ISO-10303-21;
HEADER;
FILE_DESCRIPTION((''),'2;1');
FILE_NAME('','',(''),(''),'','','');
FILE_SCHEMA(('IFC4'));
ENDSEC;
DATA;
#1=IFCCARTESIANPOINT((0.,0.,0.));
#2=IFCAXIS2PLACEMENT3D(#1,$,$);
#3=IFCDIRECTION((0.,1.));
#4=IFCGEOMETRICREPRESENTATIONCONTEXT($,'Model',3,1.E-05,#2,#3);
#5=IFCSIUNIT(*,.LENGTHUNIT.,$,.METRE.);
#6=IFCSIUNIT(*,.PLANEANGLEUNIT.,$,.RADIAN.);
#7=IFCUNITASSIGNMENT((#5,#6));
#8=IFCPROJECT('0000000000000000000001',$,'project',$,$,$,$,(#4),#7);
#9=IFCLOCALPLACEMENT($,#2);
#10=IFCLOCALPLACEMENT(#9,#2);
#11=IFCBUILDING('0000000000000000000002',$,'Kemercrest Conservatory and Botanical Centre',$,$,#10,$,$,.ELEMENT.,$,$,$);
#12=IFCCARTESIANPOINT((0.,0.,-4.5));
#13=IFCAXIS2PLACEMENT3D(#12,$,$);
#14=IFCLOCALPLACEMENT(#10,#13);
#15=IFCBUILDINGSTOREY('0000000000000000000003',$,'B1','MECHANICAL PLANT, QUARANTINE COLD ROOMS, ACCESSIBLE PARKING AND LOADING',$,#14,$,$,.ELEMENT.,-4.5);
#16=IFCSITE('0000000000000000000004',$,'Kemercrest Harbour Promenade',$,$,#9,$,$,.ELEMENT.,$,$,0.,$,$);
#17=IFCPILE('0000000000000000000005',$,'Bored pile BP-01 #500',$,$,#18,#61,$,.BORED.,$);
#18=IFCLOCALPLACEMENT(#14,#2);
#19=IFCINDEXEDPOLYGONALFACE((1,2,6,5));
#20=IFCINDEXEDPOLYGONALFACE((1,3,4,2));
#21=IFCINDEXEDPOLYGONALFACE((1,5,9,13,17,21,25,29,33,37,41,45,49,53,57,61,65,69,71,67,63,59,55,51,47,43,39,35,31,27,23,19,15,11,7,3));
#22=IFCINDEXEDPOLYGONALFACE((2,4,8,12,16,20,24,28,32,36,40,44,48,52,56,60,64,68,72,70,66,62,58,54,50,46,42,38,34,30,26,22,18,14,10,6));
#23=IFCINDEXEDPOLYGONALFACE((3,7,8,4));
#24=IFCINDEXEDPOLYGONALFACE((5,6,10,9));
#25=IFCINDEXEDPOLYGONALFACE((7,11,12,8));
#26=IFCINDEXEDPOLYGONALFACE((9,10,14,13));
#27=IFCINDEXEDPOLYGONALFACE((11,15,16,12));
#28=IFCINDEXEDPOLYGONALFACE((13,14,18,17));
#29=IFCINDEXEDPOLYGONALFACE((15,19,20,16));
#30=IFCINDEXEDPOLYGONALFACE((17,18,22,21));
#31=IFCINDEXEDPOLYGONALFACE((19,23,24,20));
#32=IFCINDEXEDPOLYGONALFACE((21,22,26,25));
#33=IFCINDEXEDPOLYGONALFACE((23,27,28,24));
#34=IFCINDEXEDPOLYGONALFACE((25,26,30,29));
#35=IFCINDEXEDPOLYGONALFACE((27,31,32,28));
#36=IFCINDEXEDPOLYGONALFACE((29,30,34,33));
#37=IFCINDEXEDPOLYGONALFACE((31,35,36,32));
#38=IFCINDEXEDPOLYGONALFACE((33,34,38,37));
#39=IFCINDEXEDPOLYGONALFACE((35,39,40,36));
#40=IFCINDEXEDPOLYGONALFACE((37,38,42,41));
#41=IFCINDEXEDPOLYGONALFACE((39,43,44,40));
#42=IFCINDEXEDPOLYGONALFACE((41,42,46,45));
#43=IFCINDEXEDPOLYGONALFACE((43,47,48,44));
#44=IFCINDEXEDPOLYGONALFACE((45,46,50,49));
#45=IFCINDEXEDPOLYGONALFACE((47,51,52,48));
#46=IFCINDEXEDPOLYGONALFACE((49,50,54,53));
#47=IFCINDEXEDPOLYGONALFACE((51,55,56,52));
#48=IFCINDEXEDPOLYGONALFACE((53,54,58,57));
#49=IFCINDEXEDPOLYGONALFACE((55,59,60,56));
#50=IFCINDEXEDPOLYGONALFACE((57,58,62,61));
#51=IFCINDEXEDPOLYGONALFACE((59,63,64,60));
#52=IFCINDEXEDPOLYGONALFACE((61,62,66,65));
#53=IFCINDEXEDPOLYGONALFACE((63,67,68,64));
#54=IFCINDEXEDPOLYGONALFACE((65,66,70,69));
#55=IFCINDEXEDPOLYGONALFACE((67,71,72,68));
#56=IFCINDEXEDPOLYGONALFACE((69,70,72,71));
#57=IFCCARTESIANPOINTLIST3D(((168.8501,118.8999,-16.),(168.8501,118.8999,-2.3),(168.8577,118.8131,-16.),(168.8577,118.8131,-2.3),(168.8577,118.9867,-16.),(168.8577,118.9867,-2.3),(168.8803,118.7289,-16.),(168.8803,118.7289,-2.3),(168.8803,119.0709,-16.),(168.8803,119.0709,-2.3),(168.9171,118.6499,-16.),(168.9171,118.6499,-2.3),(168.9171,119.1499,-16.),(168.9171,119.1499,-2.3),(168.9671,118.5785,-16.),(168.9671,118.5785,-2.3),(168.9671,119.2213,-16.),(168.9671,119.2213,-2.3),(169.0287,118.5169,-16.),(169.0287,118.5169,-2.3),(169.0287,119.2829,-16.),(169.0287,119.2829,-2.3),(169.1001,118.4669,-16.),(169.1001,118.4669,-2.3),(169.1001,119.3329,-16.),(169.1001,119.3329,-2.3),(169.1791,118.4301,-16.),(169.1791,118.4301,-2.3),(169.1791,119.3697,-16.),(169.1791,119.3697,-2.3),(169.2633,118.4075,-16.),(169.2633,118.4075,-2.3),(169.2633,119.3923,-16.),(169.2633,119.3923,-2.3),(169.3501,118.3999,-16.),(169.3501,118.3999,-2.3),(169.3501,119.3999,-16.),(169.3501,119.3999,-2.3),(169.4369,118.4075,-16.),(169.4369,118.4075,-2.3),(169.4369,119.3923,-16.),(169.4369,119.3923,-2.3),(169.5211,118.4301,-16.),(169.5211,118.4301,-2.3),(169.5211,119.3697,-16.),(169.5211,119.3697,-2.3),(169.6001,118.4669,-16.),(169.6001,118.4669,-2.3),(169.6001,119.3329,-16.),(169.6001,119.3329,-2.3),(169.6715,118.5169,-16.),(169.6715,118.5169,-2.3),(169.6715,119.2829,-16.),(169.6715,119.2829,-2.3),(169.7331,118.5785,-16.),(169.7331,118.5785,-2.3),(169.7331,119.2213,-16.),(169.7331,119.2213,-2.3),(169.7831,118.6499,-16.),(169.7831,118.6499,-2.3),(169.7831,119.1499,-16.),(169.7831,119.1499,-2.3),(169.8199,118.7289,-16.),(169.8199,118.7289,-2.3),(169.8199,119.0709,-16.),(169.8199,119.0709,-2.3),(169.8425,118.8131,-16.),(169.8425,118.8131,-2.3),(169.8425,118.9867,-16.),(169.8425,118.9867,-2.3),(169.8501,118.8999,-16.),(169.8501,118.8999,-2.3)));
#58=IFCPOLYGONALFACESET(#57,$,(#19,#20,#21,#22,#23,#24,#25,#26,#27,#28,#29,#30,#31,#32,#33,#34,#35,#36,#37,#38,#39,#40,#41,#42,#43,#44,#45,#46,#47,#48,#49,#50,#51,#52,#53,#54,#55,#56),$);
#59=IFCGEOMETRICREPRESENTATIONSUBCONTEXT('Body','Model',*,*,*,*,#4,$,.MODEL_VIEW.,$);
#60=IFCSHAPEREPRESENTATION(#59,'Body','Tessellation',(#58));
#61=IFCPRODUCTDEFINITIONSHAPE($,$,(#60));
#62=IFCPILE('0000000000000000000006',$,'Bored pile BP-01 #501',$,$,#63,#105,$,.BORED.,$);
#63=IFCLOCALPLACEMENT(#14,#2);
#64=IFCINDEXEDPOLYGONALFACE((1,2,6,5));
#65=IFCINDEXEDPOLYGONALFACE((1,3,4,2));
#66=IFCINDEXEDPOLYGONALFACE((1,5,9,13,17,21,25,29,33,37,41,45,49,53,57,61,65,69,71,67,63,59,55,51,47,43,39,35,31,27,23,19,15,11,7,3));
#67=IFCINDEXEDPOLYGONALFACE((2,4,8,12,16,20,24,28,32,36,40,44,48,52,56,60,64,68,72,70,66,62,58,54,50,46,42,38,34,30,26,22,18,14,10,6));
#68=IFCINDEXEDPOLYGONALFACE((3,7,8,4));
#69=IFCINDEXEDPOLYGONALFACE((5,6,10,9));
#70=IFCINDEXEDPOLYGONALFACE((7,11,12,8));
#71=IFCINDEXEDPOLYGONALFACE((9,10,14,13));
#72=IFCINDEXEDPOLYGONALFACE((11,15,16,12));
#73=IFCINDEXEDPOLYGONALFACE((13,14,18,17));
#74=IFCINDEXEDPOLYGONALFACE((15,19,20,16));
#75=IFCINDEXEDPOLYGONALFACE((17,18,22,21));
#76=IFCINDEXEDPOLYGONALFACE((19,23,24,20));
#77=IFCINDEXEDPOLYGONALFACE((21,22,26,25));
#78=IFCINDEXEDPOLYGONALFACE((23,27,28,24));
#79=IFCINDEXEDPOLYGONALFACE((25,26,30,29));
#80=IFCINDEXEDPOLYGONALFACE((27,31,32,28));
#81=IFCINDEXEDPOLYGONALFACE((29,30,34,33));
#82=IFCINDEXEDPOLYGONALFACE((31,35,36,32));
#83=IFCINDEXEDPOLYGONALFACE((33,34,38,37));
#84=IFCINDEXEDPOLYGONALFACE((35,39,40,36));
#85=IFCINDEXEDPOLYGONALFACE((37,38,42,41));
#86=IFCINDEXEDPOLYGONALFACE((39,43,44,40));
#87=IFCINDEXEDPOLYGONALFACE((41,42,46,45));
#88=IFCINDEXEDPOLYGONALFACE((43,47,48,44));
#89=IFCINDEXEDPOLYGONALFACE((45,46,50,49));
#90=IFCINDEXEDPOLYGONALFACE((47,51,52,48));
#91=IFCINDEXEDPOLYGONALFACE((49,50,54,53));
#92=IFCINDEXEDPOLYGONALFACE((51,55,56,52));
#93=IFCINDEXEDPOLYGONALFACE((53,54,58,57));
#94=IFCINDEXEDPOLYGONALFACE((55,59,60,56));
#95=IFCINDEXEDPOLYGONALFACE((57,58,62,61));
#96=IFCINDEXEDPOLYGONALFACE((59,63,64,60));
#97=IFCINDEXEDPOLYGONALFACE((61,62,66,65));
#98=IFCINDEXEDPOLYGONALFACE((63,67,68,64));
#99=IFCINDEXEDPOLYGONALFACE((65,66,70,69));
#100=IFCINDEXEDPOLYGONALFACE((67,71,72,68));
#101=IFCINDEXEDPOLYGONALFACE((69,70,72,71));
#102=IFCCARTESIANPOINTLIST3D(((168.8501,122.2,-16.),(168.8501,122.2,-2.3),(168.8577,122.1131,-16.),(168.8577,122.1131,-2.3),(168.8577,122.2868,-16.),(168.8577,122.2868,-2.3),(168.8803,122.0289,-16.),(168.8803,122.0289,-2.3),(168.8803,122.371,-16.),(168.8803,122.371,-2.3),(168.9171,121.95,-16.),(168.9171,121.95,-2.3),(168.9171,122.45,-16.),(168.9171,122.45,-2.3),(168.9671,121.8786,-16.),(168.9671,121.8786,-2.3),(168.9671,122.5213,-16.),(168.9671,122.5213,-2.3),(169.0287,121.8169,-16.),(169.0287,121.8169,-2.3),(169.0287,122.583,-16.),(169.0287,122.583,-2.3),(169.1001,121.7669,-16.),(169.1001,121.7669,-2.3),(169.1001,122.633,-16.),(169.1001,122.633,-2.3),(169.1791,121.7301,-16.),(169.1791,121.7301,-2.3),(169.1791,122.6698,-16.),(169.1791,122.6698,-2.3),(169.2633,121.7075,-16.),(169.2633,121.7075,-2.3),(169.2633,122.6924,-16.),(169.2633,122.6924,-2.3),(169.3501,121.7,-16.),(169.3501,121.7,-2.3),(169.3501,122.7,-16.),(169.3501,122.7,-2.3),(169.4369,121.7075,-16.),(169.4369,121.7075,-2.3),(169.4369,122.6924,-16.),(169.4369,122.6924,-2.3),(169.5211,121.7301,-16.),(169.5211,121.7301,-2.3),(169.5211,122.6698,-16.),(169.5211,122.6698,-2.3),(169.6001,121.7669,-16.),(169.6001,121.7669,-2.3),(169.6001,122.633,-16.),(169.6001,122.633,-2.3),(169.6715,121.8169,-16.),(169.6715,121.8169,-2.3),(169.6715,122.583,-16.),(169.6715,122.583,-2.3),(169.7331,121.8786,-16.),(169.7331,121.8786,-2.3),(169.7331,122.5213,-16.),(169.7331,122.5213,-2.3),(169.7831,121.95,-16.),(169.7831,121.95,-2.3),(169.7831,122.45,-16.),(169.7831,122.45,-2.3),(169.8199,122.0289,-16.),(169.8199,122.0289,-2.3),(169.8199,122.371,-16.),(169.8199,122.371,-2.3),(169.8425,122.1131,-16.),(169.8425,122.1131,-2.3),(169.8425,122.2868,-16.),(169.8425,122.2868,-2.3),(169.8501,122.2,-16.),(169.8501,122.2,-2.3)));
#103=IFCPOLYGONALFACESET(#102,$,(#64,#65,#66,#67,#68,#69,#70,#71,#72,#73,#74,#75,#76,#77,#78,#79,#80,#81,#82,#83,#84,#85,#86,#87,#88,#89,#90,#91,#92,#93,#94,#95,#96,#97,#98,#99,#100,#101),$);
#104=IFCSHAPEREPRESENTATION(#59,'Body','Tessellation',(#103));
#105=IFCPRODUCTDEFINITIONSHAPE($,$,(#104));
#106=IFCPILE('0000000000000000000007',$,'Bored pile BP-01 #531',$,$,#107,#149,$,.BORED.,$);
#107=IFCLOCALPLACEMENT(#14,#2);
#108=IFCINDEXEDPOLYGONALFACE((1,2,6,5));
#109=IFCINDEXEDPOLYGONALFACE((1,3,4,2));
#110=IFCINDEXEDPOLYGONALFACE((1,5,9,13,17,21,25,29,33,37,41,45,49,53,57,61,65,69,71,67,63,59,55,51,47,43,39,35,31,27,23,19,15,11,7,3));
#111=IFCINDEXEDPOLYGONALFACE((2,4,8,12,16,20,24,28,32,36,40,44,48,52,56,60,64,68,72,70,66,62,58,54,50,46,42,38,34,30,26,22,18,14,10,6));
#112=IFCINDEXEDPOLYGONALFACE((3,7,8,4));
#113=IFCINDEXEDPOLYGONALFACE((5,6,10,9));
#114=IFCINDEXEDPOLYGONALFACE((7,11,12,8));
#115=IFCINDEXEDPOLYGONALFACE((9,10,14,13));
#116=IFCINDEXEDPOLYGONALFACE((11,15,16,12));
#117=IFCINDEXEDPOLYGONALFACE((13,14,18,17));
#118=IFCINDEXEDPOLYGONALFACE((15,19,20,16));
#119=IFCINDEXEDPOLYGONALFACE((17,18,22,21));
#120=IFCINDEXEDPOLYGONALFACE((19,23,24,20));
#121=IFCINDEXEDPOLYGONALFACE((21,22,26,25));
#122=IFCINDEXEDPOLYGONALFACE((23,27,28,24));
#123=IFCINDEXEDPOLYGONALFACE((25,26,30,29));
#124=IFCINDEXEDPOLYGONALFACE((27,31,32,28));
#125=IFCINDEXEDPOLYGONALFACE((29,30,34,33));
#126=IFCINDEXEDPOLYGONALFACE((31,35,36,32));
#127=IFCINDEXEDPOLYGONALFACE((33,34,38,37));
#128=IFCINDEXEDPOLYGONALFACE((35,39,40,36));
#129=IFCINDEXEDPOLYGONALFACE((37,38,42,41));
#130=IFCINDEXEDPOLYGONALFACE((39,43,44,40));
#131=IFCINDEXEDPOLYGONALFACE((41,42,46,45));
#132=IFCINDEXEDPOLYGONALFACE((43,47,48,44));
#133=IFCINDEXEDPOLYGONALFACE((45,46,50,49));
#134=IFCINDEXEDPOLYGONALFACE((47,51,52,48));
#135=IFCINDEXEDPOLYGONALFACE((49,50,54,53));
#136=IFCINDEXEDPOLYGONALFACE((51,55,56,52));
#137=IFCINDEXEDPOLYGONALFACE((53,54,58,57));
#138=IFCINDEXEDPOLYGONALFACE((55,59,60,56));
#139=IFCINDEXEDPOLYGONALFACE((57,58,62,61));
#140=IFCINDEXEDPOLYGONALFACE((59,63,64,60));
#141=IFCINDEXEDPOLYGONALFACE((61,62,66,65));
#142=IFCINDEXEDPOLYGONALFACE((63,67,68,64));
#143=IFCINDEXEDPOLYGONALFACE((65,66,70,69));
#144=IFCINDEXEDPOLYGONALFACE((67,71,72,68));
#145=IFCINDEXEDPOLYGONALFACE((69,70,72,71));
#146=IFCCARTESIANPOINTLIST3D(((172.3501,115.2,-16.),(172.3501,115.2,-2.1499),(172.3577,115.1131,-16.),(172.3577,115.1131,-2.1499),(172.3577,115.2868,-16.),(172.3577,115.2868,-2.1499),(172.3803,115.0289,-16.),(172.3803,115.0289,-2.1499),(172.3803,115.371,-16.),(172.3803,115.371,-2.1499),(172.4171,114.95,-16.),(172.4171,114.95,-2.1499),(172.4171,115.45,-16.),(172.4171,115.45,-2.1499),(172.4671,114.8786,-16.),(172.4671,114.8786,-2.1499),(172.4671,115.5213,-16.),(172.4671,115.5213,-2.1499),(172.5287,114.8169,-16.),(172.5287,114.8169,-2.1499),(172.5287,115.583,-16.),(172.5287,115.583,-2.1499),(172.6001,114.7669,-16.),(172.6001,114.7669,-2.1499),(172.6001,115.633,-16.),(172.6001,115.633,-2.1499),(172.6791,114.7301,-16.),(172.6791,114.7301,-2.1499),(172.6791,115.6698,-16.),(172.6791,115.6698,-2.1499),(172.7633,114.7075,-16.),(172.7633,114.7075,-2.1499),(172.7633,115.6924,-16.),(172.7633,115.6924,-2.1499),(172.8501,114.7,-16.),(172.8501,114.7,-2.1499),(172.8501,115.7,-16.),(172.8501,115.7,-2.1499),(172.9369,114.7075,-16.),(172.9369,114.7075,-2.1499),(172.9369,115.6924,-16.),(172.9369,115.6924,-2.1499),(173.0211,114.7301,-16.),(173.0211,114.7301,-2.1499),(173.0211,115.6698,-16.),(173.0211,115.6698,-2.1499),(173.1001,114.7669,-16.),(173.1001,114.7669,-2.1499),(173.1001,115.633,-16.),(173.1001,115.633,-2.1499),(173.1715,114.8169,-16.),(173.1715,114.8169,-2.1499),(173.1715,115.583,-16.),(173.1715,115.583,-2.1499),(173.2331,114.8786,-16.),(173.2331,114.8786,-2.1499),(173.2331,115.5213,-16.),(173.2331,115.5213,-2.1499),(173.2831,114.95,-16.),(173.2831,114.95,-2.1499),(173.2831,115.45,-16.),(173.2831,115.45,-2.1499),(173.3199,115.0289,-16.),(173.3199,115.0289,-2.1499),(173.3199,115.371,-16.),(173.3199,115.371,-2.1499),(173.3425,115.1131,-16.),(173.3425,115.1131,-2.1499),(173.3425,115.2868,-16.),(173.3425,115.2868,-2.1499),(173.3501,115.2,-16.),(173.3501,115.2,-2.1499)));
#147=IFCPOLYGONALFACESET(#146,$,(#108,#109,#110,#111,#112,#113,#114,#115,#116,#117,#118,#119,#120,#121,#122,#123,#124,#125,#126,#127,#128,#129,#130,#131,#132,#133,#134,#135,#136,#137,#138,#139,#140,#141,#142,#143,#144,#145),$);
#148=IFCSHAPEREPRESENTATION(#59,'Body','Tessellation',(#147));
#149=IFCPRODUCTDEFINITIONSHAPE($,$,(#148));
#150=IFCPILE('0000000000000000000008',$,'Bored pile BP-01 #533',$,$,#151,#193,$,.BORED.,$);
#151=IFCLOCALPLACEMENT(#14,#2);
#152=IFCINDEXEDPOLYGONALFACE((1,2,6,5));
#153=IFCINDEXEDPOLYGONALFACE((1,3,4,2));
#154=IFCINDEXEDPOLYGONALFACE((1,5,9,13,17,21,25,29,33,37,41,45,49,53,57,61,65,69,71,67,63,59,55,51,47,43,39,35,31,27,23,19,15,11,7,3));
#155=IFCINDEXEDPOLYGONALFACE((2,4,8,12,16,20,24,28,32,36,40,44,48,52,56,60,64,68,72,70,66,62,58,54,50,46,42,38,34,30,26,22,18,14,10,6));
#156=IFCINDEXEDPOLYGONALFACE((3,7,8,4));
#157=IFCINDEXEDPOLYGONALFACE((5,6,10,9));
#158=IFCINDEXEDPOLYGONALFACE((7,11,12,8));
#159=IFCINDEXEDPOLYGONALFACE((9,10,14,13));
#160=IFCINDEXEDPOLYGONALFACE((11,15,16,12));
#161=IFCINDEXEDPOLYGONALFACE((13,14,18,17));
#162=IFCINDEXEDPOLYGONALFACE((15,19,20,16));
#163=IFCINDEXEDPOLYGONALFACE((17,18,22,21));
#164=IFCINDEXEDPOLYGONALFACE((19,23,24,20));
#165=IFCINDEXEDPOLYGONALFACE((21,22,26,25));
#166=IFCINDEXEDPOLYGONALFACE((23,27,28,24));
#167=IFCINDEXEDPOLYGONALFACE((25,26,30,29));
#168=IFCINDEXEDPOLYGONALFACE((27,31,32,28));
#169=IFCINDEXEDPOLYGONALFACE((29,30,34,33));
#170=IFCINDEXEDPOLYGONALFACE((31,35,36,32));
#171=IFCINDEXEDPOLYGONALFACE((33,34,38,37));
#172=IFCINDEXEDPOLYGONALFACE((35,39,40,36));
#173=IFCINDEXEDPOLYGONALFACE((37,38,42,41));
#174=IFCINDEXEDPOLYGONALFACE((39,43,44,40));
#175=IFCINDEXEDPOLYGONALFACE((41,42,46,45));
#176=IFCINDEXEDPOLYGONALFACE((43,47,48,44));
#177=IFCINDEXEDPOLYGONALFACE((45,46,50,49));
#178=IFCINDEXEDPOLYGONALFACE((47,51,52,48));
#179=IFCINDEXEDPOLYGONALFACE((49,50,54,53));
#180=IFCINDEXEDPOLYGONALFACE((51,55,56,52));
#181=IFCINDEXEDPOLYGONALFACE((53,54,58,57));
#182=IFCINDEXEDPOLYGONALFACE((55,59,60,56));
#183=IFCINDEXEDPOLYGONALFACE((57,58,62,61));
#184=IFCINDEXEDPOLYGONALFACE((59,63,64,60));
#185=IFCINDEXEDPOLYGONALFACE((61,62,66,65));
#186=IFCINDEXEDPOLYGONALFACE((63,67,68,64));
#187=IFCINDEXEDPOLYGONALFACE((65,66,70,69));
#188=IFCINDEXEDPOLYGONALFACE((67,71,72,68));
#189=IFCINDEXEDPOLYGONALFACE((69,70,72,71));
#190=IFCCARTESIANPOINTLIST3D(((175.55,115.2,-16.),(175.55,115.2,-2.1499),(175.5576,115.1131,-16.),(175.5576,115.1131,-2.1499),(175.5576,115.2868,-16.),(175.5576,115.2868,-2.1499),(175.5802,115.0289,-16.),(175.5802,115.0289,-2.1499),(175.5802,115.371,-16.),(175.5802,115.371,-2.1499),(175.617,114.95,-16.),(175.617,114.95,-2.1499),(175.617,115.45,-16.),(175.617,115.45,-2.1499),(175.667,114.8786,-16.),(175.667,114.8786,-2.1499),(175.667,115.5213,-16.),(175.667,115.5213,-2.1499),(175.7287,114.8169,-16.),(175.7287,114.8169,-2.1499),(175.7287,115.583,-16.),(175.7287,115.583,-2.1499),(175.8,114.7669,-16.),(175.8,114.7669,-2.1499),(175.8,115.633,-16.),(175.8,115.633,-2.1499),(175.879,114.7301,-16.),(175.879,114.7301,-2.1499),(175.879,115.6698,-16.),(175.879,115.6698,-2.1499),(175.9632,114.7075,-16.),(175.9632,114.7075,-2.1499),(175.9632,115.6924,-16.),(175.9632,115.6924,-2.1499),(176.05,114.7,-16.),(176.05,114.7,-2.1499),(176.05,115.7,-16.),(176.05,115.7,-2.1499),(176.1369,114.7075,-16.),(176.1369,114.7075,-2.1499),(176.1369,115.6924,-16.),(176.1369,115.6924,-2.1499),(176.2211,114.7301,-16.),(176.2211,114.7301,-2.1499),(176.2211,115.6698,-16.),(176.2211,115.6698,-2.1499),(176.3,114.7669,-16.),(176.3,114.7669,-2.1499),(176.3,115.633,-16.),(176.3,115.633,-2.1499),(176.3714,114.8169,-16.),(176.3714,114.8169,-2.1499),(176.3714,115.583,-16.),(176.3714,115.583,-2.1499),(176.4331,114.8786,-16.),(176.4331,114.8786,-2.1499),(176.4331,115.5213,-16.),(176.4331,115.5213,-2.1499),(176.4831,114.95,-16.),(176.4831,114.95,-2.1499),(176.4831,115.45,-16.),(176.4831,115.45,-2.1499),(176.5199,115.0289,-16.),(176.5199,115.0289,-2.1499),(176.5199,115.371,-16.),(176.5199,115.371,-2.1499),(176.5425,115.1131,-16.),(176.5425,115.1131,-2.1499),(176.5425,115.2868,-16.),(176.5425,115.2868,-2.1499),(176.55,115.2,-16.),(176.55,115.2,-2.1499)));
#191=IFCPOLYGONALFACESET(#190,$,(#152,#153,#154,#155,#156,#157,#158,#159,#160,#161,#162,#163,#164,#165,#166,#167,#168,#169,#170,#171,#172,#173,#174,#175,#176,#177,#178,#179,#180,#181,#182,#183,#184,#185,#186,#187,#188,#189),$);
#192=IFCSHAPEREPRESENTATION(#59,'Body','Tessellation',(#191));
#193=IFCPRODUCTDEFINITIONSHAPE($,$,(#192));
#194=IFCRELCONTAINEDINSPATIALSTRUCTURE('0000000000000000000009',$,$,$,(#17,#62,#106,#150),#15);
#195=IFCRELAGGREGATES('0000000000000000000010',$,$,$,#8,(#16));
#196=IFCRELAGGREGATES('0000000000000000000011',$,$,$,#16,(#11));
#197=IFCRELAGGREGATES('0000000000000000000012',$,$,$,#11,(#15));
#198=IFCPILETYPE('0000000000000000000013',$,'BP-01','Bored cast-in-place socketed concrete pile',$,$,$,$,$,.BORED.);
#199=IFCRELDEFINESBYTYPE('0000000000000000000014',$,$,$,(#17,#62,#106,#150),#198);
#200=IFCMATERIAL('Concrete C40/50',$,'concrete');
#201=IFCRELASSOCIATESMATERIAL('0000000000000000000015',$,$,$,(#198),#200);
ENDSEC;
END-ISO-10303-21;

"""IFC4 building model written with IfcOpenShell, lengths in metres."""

from ifc_helpers import new_model, si_unit, direction, frame, origin, origin_2d, place, context, subcontext, project, spatial, circle, extrude, material, material_profile, profile_set, type_object, element, save


model = new_model("IFC4")

# Units and contexts
model_context = context("Model", 3, precision=1e-05, world=origin(), true_north=direction((0.0, 1.0)))
body_context = subcontext(model_context, "Body", "Model", "MODEL_VIEW")
ifc_project = project(units=[si_unit("LENGTHUNIT", "METRE"), si_unit("PLANEANGLEUNIT", "RADIAN")], contexts=[model_context])

# Site, building, storey
site_placement = place(None, origin())
site = spatial("IfcSite", under=ifc_project, at=site_placement, Name="Kemercrest Harbour Promenade", CompositionType="ELEMENT", RefElevation=0.0)
building_placement = place(site_placement, origin())
building = spatial("IfcBuilding", under=site, at=building_placement, Name="Kemercrest Conservatory and Botanical Centre", CompositionType="ELEMENT")
storey_placement = place(building_placement, frame((0.0, 0.0, -4.5)))
storey = spatial("IfcBuildingStorey", under=building, at=storey_placement, Name="B1", Description="MECHANICAL PLANT, QUARANTINE COLD ROOMS, ACCESSIBLE PARKING AND LOADING", CompositionType="ELEMENT", Elevation=-4.5)

# Piles
ifc_material_1 = material(Name="Concrete C40/50", Category="concrete")
ifc_material_profile_1 = material_profile(ifc_material_1, circle(Radius=0.5, at=origin_2d()), Name="BORED PILE 1000")
ifc_profile_set_1 = profile_set([ifc_material_profile_1], Name="Concrete C40/50")
pile_type = type_object("IfcPileType", Name="BP-01", Description="Bored cast-in-place socketed concrete pile", PredefinedType="BORED", material=ifc_profile_set_1)
for number, where, z_axis, x_axis, name in (
    (1, (169.3501, 118.8999, -2.3), (0.0, 0.0, -1.0), (1.0, 0.0, 0.0), "Bored pile BP-01 #500"),
    (2, (169.3501, 122.2, -2.3), (0.0, 0.0, -1.0), (1.0, 0.0, 0.0), "Bored pile BP-01 #501"),
):
    element("IfcPile", number, at=place(storey_placement, frame(where, z_axis=z_axis, x_axis=x_axis)), inside=storey, type_object=pile_type, Name=name, PredefinedType="BORED", context=body_context, shape_type="SweptSolid", body=[
        extrude(circle(Radius=0.5, at=origin_2d()), origin(), (0.0, 0.0, 1.0), 13.7),
    ])
for number, where, z_axis, x_axis, name in (
    (3, (172.8501, 115.2, -2.1499), (0.0, 0.0, -1.0), (1.0, 0.0, 0.0), "Bored pile BP-01 #531"),
    (4, (176.05, 115.2, -2.1499), (0.0, 0.0, -1.0), (1.0, 0.0, 0.0), "Bored pile BP-01 #533"),
):
    element("IfcPile", number, at=place(storey_placement, frame(where, z_axis=z_axis, x_axis=x_axis)), inside=storey, type_object=pile_type, Name=name, PredefinedType="BORED", context=body_context, shape_type="SweptSolid", body=[
        extrude(circle(Radius=0.5, at=origin_2d()), origin(), (0.0, 0.0, 1.0), 13.8501),
    ])

save(model, "model.ifc")
